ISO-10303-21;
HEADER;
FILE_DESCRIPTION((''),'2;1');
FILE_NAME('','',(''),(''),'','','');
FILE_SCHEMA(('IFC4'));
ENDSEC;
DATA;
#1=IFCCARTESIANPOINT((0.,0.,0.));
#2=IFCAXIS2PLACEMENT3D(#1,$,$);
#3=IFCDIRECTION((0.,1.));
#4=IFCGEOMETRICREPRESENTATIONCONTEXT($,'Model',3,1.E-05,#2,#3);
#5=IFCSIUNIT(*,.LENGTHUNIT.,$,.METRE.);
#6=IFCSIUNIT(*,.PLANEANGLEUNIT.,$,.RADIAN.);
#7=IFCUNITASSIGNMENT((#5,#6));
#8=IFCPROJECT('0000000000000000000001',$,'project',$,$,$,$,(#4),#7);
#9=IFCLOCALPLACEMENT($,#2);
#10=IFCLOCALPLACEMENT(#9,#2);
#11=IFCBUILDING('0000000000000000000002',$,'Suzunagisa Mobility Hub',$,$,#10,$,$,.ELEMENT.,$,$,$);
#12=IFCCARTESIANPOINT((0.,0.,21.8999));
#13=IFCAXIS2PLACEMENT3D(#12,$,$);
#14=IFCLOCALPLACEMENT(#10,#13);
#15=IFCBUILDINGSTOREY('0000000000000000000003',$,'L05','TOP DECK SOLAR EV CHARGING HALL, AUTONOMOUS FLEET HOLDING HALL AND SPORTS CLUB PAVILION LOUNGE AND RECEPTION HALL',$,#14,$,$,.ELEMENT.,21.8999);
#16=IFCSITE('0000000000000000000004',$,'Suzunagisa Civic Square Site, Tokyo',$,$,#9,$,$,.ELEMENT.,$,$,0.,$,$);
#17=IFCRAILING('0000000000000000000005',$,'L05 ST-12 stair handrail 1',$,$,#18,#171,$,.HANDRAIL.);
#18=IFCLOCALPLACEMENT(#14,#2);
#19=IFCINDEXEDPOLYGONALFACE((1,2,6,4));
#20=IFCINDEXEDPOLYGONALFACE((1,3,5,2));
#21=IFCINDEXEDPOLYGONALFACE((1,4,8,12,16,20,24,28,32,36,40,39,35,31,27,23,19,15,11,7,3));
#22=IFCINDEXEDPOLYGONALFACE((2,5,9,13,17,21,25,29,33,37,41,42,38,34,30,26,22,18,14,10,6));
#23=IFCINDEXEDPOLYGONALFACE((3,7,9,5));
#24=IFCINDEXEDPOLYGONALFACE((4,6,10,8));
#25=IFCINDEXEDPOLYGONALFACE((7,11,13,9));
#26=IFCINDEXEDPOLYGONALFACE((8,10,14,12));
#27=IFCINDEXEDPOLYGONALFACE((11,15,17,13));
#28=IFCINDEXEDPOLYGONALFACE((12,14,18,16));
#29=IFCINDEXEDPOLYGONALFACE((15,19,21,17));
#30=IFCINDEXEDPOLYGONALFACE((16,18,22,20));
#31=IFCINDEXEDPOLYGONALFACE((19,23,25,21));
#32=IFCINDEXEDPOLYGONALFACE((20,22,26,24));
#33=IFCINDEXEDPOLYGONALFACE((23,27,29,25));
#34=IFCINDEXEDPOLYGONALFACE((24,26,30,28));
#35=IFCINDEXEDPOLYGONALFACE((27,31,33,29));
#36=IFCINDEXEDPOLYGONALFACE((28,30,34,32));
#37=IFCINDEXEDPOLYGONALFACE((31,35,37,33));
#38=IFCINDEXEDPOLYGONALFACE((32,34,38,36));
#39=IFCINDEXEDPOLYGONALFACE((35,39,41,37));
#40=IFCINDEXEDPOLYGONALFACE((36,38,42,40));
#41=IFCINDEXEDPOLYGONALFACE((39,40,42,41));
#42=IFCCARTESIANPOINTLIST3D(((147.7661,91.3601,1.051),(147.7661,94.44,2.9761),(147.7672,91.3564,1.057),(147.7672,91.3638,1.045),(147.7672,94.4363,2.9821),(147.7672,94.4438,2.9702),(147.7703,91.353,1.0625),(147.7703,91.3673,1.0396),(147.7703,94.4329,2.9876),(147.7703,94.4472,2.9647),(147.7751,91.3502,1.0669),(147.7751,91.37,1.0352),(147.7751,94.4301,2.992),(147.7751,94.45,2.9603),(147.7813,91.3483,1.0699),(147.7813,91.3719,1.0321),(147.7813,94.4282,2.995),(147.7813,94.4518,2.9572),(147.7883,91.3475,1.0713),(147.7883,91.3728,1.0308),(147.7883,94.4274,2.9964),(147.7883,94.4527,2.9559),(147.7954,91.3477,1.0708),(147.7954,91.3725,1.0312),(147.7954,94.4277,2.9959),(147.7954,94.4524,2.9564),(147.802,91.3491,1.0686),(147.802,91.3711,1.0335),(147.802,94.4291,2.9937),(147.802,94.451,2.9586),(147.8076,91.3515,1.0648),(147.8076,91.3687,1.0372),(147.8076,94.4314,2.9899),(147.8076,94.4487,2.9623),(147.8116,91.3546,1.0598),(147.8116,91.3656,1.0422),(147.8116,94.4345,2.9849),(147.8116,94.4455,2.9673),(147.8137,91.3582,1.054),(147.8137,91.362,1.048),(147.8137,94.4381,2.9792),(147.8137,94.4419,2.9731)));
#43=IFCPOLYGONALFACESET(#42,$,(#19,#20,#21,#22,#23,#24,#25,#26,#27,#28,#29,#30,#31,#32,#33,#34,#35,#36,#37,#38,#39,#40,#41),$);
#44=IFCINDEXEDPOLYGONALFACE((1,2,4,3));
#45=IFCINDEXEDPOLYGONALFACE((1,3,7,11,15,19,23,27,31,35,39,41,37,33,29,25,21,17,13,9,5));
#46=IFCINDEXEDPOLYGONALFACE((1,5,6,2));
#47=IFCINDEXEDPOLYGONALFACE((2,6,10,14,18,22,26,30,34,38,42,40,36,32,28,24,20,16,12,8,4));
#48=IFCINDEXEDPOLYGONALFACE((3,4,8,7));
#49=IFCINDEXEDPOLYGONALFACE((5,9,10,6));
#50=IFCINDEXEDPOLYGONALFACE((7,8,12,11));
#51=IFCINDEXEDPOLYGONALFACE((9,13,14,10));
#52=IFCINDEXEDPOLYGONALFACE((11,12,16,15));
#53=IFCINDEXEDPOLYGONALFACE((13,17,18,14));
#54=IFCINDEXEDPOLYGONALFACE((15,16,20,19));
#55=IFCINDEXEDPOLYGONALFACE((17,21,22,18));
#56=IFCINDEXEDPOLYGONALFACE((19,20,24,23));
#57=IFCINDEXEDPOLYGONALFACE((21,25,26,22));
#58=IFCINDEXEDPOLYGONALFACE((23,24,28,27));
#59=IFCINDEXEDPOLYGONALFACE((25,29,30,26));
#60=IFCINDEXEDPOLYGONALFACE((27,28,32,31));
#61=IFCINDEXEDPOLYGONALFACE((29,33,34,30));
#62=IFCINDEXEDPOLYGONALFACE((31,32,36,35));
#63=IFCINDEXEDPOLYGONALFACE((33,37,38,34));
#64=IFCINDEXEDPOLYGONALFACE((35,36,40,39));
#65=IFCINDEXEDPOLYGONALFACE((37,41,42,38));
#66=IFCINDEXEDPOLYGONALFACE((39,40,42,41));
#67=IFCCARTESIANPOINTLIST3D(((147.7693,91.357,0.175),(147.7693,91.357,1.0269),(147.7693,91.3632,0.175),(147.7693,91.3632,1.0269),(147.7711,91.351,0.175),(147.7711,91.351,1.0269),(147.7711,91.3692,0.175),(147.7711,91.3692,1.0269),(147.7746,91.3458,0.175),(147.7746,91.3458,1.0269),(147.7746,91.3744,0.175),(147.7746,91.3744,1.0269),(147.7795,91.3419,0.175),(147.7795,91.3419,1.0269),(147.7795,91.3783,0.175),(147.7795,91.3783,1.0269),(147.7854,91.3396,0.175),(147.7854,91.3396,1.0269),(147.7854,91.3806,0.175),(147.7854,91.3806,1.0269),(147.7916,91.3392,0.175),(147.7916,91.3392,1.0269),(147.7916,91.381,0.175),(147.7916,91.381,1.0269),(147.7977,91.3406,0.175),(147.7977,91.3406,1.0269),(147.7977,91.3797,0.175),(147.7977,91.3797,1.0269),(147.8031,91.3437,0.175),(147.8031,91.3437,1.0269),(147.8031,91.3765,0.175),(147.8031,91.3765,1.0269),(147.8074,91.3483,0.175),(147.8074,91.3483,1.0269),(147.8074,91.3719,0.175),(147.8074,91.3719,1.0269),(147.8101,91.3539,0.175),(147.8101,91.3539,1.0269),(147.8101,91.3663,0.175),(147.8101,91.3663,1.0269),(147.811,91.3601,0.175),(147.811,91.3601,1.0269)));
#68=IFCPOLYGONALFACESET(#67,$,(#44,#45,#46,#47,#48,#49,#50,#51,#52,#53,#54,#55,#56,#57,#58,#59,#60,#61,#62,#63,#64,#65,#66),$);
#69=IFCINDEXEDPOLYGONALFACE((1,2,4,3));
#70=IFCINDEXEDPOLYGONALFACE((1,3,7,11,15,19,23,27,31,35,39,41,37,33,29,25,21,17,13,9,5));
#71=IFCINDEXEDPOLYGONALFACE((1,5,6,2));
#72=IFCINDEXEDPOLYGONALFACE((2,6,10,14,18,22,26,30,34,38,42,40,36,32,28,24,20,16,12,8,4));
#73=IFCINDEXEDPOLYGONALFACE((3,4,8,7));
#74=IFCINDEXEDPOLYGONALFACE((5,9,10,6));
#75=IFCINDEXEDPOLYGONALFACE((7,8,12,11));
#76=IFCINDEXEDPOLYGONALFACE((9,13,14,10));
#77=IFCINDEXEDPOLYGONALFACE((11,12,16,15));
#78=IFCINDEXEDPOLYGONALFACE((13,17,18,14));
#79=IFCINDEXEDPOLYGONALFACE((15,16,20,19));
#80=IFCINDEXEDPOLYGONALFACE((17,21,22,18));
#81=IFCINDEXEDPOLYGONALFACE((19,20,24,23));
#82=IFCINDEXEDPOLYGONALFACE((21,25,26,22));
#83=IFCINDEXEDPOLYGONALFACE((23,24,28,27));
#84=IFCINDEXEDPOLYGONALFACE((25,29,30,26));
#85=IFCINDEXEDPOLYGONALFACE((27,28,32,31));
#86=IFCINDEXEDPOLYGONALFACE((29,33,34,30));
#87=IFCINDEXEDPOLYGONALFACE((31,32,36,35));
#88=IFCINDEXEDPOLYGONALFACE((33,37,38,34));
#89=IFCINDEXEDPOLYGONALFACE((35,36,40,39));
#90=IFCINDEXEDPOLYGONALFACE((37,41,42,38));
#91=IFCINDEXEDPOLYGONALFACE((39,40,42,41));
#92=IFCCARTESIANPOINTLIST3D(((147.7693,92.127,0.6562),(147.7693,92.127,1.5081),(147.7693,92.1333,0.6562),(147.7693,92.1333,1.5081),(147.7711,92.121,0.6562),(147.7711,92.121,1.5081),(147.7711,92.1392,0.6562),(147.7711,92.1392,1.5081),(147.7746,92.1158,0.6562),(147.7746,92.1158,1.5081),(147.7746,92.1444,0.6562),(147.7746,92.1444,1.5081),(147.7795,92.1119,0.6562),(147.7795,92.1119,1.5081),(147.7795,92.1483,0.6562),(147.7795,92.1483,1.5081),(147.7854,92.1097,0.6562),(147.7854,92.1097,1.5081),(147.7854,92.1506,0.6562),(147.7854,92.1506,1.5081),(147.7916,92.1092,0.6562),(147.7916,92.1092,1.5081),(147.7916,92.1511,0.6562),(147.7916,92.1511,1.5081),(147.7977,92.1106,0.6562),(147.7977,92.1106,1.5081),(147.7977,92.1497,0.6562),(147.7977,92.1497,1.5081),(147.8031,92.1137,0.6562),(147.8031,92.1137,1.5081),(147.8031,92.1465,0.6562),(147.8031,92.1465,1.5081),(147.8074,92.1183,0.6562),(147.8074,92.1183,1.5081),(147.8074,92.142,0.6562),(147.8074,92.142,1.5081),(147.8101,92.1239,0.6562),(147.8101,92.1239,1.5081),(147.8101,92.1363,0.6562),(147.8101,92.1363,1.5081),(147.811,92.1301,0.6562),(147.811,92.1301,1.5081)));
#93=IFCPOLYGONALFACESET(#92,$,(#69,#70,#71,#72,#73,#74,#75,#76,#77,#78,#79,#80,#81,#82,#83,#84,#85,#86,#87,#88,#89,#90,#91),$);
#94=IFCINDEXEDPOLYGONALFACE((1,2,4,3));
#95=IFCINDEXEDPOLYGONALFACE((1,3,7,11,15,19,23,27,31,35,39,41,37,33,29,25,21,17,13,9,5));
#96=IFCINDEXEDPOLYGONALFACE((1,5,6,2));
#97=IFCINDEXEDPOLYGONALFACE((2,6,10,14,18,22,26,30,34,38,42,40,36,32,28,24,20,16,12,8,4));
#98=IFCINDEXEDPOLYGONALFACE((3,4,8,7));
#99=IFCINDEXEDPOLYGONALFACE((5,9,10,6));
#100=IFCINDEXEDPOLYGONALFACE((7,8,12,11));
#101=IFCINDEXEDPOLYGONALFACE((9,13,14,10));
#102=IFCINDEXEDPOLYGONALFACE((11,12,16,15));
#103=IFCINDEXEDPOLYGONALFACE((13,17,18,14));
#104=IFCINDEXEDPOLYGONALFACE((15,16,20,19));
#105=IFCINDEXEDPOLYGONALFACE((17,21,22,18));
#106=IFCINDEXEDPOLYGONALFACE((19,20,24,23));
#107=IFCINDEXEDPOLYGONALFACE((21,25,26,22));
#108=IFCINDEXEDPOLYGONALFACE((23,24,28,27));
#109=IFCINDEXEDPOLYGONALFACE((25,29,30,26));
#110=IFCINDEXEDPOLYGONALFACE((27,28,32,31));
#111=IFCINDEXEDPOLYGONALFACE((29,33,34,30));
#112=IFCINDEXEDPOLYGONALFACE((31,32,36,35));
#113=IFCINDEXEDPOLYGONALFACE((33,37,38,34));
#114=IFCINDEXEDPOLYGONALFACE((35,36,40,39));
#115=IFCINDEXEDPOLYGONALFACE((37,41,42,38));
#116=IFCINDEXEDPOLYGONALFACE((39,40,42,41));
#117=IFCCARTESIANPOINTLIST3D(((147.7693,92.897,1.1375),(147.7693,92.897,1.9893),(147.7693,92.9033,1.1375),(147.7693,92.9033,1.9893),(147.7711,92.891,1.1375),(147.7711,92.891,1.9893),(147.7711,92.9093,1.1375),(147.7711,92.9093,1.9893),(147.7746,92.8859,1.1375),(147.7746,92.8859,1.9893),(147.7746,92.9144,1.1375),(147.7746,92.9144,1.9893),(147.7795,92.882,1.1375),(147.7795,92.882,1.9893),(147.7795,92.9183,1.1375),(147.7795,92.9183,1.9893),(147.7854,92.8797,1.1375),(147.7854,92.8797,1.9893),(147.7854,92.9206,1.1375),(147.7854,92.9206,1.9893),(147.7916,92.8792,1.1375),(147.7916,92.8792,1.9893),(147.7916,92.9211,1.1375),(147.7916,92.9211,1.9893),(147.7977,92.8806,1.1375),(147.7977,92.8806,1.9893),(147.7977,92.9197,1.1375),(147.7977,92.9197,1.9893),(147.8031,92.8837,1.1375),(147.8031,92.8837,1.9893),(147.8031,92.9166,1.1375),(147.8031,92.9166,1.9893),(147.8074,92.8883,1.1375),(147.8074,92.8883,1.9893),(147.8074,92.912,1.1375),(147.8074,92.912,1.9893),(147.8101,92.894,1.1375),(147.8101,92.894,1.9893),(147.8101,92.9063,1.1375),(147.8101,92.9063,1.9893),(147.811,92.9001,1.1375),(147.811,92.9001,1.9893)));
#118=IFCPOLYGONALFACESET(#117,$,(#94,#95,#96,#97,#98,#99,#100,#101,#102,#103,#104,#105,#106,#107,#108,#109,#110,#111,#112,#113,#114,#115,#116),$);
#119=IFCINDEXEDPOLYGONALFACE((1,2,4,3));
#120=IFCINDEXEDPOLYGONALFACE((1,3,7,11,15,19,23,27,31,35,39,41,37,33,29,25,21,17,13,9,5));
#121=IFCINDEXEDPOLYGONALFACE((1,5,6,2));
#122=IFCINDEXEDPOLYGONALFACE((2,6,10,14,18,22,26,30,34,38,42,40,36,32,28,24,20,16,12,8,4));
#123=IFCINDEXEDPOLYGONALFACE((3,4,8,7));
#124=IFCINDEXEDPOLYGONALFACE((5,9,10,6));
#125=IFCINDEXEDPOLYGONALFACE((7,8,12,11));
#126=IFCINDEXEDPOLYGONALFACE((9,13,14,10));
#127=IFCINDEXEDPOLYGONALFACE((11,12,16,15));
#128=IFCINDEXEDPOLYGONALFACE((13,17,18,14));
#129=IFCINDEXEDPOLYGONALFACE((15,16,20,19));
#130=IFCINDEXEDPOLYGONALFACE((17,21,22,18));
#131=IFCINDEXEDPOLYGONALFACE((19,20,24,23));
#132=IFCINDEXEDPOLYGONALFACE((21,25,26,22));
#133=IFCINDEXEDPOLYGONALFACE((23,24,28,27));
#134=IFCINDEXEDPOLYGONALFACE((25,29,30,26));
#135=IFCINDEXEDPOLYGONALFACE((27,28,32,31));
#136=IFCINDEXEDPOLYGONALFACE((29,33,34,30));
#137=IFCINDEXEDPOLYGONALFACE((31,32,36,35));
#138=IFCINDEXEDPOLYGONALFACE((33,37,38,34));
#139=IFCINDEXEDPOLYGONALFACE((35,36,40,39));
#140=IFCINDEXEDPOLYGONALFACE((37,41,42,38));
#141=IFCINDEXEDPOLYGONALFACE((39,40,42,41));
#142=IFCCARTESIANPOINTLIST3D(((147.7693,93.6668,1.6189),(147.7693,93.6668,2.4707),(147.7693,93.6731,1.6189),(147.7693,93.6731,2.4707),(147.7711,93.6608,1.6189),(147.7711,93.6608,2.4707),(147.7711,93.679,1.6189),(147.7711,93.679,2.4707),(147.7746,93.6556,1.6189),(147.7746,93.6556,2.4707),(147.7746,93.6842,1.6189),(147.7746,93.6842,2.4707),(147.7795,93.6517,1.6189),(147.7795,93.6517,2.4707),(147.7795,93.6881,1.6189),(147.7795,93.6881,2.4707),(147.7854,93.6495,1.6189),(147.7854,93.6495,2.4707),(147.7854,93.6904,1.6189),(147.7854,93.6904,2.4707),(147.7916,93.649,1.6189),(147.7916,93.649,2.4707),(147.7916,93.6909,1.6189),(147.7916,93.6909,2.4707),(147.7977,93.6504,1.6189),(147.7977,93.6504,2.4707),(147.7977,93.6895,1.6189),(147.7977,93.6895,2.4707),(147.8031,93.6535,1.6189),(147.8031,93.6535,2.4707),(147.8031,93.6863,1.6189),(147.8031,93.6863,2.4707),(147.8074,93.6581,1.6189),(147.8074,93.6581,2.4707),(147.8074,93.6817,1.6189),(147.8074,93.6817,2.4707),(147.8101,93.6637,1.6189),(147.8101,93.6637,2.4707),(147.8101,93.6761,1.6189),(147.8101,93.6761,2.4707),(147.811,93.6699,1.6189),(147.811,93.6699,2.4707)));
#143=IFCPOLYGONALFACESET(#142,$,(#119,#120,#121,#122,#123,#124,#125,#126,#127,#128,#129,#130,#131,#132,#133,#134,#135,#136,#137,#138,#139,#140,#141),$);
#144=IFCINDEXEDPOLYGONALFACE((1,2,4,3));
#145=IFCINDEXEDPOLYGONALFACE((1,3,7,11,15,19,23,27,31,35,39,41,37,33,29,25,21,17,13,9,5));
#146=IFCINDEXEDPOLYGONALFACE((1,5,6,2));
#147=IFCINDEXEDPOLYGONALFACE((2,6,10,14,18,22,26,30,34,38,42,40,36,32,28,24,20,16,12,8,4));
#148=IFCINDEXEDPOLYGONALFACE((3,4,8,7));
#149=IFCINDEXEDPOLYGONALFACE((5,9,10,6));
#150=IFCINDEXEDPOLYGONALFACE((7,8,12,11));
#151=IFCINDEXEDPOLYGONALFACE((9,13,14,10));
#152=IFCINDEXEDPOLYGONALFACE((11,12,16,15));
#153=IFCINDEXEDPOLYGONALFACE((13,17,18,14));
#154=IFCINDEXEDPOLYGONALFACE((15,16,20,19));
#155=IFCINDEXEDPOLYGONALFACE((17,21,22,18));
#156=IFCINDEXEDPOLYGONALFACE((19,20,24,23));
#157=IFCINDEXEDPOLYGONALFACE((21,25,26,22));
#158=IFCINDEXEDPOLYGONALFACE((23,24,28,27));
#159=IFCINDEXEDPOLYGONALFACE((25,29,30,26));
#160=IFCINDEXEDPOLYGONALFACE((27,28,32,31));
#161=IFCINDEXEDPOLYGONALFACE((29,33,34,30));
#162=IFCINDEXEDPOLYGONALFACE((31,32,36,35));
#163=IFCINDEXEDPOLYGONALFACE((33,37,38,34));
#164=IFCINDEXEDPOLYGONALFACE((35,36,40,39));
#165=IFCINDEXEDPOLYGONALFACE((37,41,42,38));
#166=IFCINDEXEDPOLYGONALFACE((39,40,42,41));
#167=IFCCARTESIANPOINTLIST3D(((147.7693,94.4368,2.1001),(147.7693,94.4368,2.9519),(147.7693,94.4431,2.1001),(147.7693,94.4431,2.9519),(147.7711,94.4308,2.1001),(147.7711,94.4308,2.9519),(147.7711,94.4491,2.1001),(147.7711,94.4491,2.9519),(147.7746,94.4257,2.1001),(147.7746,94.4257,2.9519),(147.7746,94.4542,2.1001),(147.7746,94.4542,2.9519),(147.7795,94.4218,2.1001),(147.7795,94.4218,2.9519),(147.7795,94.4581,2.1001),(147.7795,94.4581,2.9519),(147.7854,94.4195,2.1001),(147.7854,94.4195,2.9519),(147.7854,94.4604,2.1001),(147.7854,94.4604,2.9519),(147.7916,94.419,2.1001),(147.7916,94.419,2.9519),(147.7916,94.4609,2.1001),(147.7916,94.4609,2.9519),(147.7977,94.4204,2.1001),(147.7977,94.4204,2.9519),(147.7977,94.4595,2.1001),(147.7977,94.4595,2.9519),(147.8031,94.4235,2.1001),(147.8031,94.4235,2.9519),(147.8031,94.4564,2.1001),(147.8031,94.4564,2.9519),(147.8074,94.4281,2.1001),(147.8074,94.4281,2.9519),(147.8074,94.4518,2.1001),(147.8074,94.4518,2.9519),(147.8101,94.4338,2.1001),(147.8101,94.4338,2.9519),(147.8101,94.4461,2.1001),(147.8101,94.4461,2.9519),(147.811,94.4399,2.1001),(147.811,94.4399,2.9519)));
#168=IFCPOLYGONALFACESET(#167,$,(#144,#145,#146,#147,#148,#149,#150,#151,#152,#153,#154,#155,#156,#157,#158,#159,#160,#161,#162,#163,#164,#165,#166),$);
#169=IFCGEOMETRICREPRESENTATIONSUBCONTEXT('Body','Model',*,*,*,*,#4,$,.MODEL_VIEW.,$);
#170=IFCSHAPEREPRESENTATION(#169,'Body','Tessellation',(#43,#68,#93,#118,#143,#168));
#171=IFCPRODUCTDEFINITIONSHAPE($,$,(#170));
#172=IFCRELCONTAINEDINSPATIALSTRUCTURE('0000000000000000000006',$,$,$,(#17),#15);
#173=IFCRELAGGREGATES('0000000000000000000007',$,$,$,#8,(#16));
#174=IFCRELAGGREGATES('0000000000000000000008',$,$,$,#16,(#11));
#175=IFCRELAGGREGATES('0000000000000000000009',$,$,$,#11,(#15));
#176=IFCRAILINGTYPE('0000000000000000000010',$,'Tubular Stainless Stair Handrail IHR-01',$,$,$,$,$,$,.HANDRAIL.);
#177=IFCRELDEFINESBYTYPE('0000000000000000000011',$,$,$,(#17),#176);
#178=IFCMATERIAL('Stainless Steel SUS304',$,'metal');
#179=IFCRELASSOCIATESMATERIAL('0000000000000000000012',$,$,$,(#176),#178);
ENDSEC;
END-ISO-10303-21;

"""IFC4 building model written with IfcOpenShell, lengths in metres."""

from ifc_helpers import new_model, si_unit, direction, frame, origin, origin_2d, place, context, subcontext, project, spatial, circle, extrude, material, type_object, element, save


model = new_model("IFC4")

# Units and contexts
model_context = context("Model", 3, precision=1e-05, world=origin(), true_north=direction((0.0, 1.0)))
body_context = subcontext(model_context, "Body", "Model", "MODEL_VIEW")
ifc_project = project(units=[si_unit("LENGTHUNIT", "METRE"), si_unit("PLANEANGLEUNIT", "RADIAN")], contexts=[model_context])

# Site, building, storey
site_placement = place(None, origin())
site = spatial("IfcSite", under=ifc_project, at=site_placement, Name="Suzunagisa Civic Square Site, Tokyo", CompositionType="ELEMENT", RefElevation=0.0)
building_placement = place(site_placement, origin())
building = spatial("IfcBuilding", under=site, at=building_placement, Name="Suzunagisa Mobility Hub", CompositionType="ELEMENT")
storey_placement = place(building_placement, frame((0.0, 0.0, 21.8999)))
storey = spatial("IfcBuildingStorey", under=building, at=storey_placement, Name="L05", Description="TOP DECK SOLAR EV CHARGING HALL, AUTONOMOUS FLEET HOLDING HALL AND SPORTS CLUB PAVILION LOUNGE AND RECEPTION HALL", CompositionType="ELEMENT", Elevation=21.8999)

# Shared definitions
ifc_material_1 = material(Name="Stainless Steel SUS304", Category="metal")

# Railing
railing_type_1 = type_object("IfcRailingType", Name="Tubular Stainless Stair Handrail IHR-01", PredefinedType="HANDRAIL", material=ifc_material_1)
railing_1_placement = place(storey_placement, frame((147.79, 91.3601, 0.175)))
element("IfcRailing", 1, at=railing_1_placement, inside=storey, type_object=railing_type_1, Name="L05 ST-12 stair handrail 1", PredefinedType="HANDRAIL", context=body_context, shape_type="SweptSolid", body=[
    extrude(circle(Radius=0.0239, at=origin_2d()), frame((0.0, 0.0, 0.876), z_axis=(0.0, 0.847979, 0.530029), x_axis=(-1.0, 0.0, 0.0)), (0.0, 0.0, 1.0), 3.6321),
    extrude(circle(Radius=0.021, at=origin_2d()), origin(), (0.0, 0.0, 1.0), 0.8518),
    extrude(circle(Radius=0.021, at=origin_2d()), frame((0.0, 0.77, 0.4812)), (0.0, 0.0, 1.0), 0.8518),
    extrude(circle(Radius=0.021, at=origin_2d()), frame((0.0, 1.54, 0.9624)), (0.0, 0.0, 1.0), 0.8518),
    extrude(circle(Radius=0.021, at=origin_2d()), frame((0.0, 2.3098, 1.4438)), (0.0, 0.0, 1.0), 0.8518),
    extrude(circle(Radius=0.021, at=origin_2d()), frame((0.0, 3.0798, 1.925)), (0.0, 0.0, 1.0), 0.8518),
])

save(model, "model.ifc")
